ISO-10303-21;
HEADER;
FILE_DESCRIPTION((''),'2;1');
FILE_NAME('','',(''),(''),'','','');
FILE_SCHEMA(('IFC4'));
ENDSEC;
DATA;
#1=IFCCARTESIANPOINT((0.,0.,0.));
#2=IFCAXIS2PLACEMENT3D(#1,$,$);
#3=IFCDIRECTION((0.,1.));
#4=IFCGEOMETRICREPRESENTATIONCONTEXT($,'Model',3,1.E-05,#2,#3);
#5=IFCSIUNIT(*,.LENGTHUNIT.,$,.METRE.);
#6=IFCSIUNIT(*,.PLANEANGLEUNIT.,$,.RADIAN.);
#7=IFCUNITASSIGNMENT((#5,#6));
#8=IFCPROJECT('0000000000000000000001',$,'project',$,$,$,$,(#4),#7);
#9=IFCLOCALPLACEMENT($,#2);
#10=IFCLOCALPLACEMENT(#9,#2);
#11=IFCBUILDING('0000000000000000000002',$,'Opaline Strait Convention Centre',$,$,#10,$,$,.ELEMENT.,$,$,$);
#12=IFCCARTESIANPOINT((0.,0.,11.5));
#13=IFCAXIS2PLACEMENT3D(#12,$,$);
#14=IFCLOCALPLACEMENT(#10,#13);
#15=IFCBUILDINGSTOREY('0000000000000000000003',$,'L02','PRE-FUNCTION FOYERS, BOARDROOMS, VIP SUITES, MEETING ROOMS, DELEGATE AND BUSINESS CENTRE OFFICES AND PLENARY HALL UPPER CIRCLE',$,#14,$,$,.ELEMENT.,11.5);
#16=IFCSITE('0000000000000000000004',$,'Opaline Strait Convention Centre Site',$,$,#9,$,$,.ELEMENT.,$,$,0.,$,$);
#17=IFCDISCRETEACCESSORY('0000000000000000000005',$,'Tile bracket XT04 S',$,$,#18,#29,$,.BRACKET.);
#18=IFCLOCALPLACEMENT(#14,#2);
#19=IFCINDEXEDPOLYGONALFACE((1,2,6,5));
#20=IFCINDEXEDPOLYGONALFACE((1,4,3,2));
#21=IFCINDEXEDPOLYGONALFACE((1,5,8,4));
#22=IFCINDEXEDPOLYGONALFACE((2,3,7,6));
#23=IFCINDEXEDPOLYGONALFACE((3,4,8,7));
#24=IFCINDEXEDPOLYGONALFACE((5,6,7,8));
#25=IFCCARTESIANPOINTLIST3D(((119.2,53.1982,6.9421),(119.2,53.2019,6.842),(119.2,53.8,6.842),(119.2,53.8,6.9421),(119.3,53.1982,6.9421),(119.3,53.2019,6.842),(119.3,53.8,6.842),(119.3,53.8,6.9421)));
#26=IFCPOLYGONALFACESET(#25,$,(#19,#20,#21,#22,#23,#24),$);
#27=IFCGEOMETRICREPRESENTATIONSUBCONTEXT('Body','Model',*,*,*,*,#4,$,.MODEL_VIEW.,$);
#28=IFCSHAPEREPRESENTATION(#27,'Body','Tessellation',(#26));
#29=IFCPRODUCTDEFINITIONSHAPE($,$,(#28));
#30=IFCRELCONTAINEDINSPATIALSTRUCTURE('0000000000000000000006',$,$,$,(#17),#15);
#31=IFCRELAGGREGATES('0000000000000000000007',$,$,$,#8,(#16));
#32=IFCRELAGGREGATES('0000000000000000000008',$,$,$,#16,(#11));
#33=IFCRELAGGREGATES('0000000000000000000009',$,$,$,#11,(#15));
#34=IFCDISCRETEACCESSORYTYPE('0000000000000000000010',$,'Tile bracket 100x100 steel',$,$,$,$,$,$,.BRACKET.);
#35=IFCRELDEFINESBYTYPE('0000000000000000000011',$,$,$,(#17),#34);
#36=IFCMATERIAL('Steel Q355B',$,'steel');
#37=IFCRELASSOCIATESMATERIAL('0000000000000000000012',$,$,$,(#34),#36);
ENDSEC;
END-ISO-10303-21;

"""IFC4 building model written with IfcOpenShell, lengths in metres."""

from ifc_helpers import new_model, si_unit, direction, frame, origin, place, context, subcontext, project, spatial, polyline, outline, extrude, material, type_object, element, save


model = new_model("IFC4")

# Units and contexts
model_context = context("Model", 3, precision=1e-05, world=origin(), true_north=direction((0.0, 1.0)))
body_context = subcontext(model_context, "Body", "Model", "MODEL_VIEW")
ifc_project = project(units=[si_unit("LENGTHUNIT", "METRE"), si_unit("PLANEANGLEUNIT", "RADIAN")], contexts=[model_context])

# Site, building, storey
site_placement = place(None, origin())
site = spatial("IfcSite", under=ifc_project, at=site_placement, Name="Opaline Strait Convention Centre Site", CompositionType="ELEMENT", RefElevation=0.0)
building_placement = place(site_placement, origin())
building = spatial("IfcBuilding", under=site, at=building_placement, Name="Opaline Strait Convention Centre", CompositionType="ELEMENT")
storey_placement = place(building_placement, frame((0.0, 0.0, 11.5)))
storey = spatial("IfcBuildingStorey", under=building, at=storey_placement, Name="L02", Description="PRE-FUNCTION FOYERS, BOARDROOMS, VIP SUITES, MEETING ROOMS, DELEGATE AND BUSINESS CENTRE OFFICES AND PLENARY HALL UPPER CIRCLE", CompositionType="ELEMENT", Elevation=11.5)

# Shared definitions
ifc_material_1 = material(Name="Steel Q355B", Category="steel")

# Discrete accessory
discrete_accessory_type = type_object("IfcDiscreteAccessoryType", Name="Tile bracket 100x100 steel", PredefinedType="BRACKET", material=ifc_material_1)
discrete_accessory_1_placement = place(storey_placement, frame((119.2, 53.8, 6.8921), z_axis=(1.0, 0.0, 0.0), x_axis=(0.0, 1.0, 0.0)))
element("IfcDiscreteAccessory", 1, at=discrete_accessory_1_placement, inside=storey, type_object=discrete_accessory_type, Name="Tile bracket XT04 S", PredefinedType="BRACKET", context=body_context, shape_type="SweptSolid", body=[
    extrude(outline(polyline([(0.0, -0.05), (0.0, 0.05), (-0.6018, 0.05), (-0.5981, -0.05), (0.0, -0.05)])), origin(), (0.0, 0.0, 1.0), 0.1001),
])

save(model, "model.ifc")
